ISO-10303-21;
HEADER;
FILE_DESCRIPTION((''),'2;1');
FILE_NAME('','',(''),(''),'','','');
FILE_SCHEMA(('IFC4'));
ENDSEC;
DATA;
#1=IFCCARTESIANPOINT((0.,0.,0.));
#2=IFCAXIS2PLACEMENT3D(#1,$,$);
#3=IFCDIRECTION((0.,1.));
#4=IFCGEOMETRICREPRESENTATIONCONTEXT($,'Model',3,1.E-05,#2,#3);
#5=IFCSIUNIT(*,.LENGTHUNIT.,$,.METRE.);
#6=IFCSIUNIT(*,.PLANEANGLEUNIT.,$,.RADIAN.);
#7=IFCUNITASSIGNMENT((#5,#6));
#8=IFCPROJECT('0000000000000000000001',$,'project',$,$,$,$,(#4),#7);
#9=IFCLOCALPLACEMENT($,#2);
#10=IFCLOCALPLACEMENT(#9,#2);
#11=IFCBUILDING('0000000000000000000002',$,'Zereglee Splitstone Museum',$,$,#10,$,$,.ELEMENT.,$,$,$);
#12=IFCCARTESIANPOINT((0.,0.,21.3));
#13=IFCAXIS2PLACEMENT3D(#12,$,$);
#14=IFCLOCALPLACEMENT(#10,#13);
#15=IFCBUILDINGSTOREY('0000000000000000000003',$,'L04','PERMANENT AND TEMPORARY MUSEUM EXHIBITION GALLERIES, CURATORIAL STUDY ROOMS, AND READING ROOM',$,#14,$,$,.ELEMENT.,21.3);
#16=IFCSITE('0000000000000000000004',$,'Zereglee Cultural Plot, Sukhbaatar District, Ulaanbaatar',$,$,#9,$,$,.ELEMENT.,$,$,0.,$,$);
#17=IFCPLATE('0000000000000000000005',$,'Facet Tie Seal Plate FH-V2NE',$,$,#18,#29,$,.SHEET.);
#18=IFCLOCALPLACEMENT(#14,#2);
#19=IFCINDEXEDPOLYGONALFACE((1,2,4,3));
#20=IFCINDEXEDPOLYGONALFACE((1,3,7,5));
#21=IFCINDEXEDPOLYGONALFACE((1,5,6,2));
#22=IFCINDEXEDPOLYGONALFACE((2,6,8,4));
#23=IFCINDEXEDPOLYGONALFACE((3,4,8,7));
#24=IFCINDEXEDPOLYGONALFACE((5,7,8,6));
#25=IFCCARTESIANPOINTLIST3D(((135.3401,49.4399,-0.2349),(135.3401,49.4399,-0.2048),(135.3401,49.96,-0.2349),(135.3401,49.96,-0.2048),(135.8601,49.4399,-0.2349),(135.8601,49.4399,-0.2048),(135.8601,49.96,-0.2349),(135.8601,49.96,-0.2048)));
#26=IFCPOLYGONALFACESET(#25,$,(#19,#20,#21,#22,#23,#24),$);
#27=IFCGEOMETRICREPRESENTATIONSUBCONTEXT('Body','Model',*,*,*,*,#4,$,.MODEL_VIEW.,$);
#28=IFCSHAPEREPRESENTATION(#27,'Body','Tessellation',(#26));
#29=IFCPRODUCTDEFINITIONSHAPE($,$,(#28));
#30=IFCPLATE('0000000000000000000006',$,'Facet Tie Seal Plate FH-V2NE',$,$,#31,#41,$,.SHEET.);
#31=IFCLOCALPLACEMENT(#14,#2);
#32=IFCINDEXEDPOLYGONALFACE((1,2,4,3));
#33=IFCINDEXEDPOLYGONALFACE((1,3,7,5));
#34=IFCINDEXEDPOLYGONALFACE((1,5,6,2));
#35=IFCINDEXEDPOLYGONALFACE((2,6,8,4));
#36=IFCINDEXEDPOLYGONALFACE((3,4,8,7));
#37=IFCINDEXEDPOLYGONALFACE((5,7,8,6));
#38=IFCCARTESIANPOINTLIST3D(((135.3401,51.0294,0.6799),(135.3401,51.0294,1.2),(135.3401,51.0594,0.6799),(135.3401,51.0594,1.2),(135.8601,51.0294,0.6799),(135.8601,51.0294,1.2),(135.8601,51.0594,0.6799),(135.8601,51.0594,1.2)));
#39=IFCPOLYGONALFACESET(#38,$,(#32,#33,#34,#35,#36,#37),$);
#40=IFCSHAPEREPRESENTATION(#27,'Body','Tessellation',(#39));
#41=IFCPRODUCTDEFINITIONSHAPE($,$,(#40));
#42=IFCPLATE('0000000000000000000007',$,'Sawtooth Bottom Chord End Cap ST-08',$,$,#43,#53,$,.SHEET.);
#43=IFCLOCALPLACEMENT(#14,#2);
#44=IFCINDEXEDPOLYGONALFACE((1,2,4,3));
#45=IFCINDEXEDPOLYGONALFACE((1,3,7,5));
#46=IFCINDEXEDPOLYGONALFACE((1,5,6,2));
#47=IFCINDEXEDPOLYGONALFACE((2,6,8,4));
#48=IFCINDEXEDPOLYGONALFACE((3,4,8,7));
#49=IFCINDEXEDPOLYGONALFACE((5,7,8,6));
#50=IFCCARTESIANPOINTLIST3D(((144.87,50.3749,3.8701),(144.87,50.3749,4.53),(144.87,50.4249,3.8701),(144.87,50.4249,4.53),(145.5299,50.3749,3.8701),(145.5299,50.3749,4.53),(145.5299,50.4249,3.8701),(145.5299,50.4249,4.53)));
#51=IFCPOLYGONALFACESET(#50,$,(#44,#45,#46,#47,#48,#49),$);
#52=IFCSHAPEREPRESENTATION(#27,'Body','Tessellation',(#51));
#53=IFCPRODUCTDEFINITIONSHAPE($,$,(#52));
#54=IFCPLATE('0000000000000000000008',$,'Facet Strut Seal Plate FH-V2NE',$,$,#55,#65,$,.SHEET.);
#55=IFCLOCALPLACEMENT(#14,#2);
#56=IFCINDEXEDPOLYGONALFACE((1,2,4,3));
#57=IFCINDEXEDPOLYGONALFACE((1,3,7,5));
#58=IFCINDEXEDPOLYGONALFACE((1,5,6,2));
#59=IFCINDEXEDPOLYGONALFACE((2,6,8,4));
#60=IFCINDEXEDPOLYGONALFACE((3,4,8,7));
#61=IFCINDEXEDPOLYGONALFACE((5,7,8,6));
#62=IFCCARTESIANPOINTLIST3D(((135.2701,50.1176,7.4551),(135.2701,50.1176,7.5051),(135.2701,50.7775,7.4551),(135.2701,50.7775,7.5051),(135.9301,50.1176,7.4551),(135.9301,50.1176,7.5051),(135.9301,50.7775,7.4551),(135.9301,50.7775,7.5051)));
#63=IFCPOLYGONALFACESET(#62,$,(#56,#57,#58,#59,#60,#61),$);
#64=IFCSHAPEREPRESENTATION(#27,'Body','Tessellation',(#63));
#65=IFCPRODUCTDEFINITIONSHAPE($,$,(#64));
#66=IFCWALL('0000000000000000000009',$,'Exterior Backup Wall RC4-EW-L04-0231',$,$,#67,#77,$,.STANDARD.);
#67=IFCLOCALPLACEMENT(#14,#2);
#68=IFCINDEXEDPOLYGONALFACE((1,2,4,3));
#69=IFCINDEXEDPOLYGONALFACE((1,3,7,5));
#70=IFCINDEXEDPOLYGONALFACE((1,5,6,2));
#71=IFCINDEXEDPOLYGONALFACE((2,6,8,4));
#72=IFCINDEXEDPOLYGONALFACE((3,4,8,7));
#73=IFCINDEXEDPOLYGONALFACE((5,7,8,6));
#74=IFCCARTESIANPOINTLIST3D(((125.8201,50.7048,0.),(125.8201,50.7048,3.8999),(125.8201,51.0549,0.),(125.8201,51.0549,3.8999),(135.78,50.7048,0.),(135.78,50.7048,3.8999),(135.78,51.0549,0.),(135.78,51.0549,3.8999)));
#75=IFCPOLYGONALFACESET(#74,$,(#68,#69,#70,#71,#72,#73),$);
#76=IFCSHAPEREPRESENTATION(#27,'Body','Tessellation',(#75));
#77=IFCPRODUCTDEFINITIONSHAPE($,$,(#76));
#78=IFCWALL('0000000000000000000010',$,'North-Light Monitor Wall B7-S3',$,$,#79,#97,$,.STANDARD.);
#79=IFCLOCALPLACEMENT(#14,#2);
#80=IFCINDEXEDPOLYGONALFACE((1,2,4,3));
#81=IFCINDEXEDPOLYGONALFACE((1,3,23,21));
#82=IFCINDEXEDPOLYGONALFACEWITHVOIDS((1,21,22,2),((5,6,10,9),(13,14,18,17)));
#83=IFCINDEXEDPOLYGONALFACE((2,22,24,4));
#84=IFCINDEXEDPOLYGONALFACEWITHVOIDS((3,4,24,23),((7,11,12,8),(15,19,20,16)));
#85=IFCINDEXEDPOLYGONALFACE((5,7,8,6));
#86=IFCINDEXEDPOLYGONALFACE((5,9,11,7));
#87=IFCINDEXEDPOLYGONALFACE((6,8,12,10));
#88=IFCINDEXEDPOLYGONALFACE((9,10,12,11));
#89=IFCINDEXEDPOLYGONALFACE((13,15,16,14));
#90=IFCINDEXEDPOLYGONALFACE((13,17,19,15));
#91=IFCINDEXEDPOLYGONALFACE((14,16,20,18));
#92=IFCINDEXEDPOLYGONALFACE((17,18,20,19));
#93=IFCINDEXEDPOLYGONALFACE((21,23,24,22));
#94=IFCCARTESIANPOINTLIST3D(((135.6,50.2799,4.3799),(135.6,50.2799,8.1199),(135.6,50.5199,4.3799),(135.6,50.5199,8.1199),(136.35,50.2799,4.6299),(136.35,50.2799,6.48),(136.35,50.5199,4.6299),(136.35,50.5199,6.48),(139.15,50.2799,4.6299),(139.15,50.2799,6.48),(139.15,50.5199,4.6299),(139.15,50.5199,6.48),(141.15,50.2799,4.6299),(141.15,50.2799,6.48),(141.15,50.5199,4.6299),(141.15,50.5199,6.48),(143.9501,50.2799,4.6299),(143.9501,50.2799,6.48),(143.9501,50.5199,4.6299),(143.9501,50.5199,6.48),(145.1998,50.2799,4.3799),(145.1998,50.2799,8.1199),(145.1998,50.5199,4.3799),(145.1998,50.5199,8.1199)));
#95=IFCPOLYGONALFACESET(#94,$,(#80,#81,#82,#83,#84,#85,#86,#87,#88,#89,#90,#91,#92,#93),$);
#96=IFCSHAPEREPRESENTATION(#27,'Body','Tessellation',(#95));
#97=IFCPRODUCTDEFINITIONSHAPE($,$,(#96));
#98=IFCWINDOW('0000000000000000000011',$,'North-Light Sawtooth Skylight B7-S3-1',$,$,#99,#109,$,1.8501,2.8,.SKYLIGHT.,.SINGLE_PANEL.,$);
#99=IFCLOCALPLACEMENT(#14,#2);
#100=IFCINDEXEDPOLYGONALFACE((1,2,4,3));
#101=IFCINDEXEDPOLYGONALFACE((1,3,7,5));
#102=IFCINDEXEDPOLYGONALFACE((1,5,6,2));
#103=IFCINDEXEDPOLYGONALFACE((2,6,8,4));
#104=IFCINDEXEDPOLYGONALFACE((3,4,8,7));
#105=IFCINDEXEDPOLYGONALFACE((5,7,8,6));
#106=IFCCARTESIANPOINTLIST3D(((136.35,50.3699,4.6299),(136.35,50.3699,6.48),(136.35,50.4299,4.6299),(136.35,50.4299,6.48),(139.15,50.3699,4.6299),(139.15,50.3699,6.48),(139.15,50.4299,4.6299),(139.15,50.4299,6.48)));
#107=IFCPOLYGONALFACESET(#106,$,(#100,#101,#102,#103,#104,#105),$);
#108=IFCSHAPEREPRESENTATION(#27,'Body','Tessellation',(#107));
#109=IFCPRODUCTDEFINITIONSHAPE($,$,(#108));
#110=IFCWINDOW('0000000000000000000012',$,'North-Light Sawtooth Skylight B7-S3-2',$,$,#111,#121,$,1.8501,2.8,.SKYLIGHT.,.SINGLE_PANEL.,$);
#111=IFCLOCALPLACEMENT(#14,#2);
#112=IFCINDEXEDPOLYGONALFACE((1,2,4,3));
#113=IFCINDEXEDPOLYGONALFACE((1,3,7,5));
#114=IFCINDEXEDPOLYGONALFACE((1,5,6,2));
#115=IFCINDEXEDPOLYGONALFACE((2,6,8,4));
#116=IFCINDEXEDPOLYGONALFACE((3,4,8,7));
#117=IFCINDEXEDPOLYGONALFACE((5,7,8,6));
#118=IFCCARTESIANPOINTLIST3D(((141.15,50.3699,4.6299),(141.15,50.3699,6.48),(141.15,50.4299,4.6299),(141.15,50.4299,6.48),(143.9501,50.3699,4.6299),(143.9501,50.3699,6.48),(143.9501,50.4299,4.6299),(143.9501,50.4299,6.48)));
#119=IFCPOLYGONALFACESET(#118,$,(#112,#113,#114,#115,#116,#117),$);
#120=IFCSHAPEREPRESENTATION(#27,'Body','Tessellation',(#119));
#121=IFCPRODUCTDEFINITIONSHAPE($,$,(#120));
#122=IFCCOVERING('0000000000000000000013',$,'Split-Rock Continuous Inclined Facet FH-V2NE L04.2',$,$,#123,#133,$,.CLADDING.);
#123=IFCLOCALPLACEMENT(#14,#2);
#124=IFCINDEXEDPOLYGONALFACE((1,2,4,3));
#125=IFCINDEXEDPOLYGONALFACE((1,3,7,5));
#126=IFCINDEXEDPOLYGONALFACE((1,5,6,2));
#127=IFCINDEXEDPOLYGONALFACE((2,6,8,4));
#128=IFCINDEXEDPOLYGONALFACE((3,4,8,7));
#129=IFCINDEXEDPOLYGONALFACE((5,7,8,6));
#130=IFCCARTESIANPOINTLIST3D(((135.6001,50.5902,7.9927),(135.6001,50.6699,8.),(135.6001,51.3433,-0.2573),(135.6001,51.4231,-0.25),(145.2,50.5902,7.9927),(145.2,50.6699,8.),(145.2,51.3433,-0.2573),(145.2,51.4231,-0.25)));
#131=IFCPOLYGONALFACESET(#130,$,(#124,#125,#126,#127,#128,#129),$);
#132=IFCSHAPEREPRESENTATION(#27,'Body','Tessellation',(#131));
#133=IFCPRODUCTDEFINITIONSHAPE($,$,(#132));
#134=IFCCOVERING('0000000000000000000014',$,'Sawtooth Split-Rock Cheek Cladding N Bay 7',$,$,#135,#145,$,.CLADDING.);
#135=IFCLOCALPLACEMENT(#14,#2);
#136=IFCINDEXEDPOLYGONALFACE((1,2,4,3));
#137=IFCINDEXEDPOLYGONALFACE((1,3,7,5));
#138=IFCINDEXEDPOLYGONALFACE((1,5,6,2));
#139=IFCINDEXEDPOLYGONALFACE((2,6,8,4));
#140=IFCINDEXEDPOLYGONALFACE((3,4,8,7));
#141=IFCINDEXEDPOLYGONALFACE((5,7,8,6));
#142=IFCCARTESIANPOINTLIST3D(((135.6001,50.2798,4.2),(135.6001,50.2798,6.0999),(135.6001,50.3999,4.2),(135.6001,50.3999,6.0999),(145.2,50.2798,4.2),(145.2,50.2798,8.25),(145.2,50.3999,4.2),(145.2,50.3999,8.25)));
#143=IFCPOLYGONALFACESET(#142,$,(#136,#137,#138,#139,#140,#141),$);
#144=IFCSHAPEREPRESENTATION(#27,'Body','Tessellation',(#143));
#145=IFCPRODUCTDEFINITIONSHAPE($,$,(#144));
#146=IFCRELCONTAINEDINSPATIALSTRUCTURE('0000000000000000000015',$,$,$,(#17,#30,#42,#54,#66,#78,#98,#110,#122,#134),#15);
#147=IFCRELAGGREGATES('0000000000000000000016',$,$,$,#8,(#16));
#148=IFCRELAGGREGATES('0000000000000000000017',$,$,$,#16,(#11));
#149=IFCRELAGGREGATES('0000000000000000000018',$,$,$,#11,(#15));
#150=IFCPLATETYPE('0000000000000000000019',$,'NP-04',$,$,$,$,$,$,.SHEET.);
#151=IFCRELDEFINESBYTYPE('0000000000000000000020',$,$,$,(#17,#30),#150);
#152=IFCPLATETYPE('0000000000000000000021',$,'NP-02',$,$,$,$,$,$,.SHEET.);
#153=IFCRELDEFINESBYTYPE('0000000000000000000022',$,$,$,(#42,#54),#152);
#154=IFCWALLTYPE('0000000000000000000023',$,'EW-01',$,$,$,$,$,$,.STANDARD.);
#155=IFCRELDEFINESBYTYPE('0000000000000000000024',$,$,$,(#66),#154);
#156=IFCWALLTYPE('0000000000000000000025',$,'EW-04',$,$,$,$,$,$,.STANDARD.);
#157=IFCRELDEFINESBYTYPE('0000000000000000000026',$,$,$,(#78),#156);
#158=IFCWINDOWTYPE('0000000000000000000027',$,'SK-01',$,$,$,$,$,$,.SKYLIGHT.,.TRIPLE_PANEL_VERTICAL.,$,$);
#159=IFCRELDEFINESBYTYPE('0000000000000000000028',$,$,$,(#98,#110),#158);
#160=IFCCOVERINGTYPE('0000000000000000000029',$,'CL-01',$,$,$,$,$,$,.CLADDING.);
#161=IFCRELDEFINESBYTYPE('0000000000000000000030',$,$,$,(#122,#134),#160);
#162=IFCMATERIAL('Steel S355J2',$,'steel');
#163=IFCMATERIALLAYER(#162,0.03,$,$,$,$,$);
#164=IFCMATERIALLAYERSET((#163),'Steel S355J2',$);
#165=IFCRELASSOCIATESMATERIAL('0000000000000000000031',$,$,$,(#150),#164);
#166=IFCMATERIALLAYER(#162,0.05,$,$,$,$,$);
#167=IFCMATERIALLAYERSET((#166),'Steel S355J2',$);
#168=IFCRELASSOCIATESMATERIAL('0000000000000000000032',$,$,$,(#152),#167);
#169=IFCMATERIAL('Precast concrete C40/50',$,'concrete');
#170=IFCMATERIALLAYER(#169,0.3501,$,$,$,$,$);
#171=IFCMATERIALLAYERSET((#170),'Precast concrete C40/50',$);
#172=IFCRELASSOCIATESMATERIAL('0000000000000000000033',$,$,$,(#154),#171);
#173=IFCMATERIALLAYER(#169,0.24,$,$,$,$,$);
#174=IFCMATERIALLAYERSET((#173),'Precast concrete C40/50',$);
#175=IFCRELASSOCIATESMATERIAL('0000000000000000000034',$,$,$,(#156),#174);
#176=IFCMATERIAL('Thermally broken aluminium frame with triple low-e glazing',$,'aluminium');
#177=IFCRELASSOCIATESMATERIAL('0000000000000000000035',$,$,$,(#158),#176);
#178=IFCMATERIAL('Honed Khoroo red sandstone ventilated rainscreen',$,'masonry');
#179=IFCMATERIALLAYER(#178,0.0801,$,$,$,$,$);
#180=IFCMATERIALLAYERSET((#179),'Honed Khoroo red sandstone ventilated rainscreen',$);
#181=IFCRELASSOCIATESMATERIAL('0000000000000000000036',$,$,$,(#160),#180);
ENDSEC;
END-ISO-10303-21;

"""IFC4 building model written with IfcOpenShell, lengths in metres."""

from ifc_helpers import new_model, si_unit, direction, frame, frame_2d, origin, origin_2d, place, context, subcontext, project, spatial, polyline, rectangle, outline, extrude, material, layer, layer_set, type_object, element, fill, save


model = new_model("IFC4")

# Units and contexts
model_context = context("Model", 3, precision=1e-05, world=origin(), true_north=direction((0.0, 1.0)))
body_context = subcontext(model_context, "Body", "Model", "MODEL_VIEW")
ifc_project = project(units=[si_unit("LENGTHUNIT", "METRE"), si_unit("PLANEANGLEUNIT", "RADIAN")], contexts=[model_context])

# Site, building, storey
site_placement = place(None, origin())
site = spatial("IfcSite", under=ifc_project, at=site_placement, Name="Zereglee Cultural Plot, Sukhbaatar District, Ulaanbaatar", CompositionType="ELEMENT", RefElevation=0.0)
building_placement = place(site_placement, origin())
building = spatial("IfcBuilding", under=site, at=building_placement, Name="Zereglee Splitstone Museum", CompositionType="ELEMENT")
storey_placement = place(building_placement, frame((0.0, 0.0, 21.3)))
storey = spatial("IfcBuildingStorey", under=building, at=storey_placement, Name="L04", Description="PERMANENT AND TEMPORARY MUSEUM EXHIBITION GALLERIES, CURATORIAL STUDY ROOMS, AND READING ROOM", CompositionType="ELEMENT", Elevation=21.3)

# Shared definitions
ifc_material_1 = material(Name="Steel S355J2", Category="steel")

# Plates
ifc_layer_1 = layer(ifc_material_1, 0.03)
ifc_layer_set_1 = layer_set([ifc_layer_1], Name="Steel S355J2")
plate_type_1 = type_object("IfcPlateType", Name="NP-04", PredefinedType="SHEET", material=ifc_layer_set_1)
plate_1_placement = place(storey_placement, frame((135.6001, 49.7, -0.2349), z_axis=(0.0, 0.0, 1.0), x_axis=(1.0, 0.0, 0.0)))
element("IfcPlate", 1, at=plate_1_placement, inside=storey, type_object=plate_type_1, Name="Facet Tie Seal Plate FH-V2NE", PredefinedType="SHEET", context=body_context, shape_type="SweptSolid", body=[
    extrude(rectangle(XDim=0.52, YDim=0.52, at=origin_2d()), origin(), (0.0, 0.0, 1.0), 0.03),
])
plate_2_placement = place(storey_placement, frame((135.6001, 51.0444, 0.6799), z_axis=(0.0, 0.0, 1.0), x_axis=(1.0, 0.0, 0.0)))
element("IfcPlate", 2, at=plate_2_placement, inside=storey, type_object=plate_type_1, Name="Facet Tie Seal Plate FH-V2NE", PredefinedType="SHEET", context=body_context, shape_type="SweptSolid", body=[
    extrude(rectangle(XDim=0.52, YDim=0.03, at=origin_2d()), origin(), (0.0, 0.0, 1.0), 0.52),
])
ifc_layer_2 = layer(ifc_material_1, 0.05)
ifc_layer_set_2 = layer_set([ifc_layer_2], Name="Steel S355J2")
plate_type_2 = type_object("IfcPlateType", Name="NP-02", PredefinedType="SHEET", material=ifc_layer_set_2)
plate_3_placement = place(storey_placement, frame((145.2, 50.3999, 3.8701), z_axis=(0.0, 0.0, 1.0), x_axis=(1.0, 0.0, 0.0)))
element("IfcPlate", 3, at=plate_3_placement, inside=storey, type_object=plate_type_2, Name="Sawtooth Bottom Chord End Cap ST-08", PredefinedType="SHEET", context=body_context, shape_type="SweptSolid", body=[
    extrude(rectangle(XDim=0.6599, YDim=0.05, at=origin_2d()), origin(), (0.0, 0.0, 1.0), 0.6599),
])
plate_4_placement = place(storey_placement, frame((135.6001, 50.4475, 7.4551), z_axis=(0.0, 0.0, 1.0), x_axis=(1.0, 0.0, 0.0)))
element("IfcPlate", 4, at=plate_4_placement, inside=storey, type_object=plate_type_2, Name="Facet Strut Seal Plate FH-V2NE", PredefinedType="SHEET", context=body_context, shape_type="SweptSolid", body=[
    extrude(rectangle(XDim=0.6599, YDim=0.6599, at=origin_2d()), origin(), (0.0, 0.0, 1.0), 0.05),
])

# Wall
ifc_material_2 = material(Name="Precast concrete C40/50", Category="concrete")
ifc_layer_3 = layer(ifc_material_2, 0.3501)
ifc_layer_set_3 = layer_set([ifc_layer_3], Name="Precast concrete C40/50")
wall_type_1 = type_object("IfcWallType", Name="EW-01", PredefinedType="STANDARD", material=ifc_layer_set_3)
wall_1_placement = place(storey_placement, frame((135.78, 50.8799, 0.0), z_axis=(0.0, 0.0, 1.0), x_axis=(-1.0, 0.0, 0.0)))
element("IfcWall", 5, at=wall_1_placement, inside=storey, type_object=wall_type_1, Name="Exterior Backup Wall RC4-EW-L04-0231", PredefinedType="STANDARD", context=body_context, shape_type="SweptSolid", body=[
    extrude(rectangle(XDim=9.96, YDim=0.3501, at=frame_2d((4.98, 0.0))), origin(), (0.0, 0.0, 1.0), 3.8999),
])

# Wall, openings, windows
ifc_layer_4 = layer(ifc_material_2, 0.24)
ifc_layer_set_4 = layer_set([ifc_layer_4], Name="Precast concrete C40/50")
wall_type_2 = type_object("IfcWallType", Name="EW-04", PredefinedType="STANDARD", material=ifc_layer_set_4)
wall_2_placement = place(storey_placement, frame((135.6001, 50.3999, 4.3799), z_axis=(0.0, 0.0, 1.0), x_axis=(1.0, 0.0, 0.0)))
wall_2 = element("IfcWall", 6, at=wall_2_placement, inside=storey, type_object=wall_type_2, Name="North-Light Monitor Wall B7-S3", PredefinedType="STANDARD", context=body_context, shape_type="SweptSolid", body=[
    extrude(rectangle(XDim=9.5999, YDim=0.24, at=frame_2d((4.7998, 0.0))), origin(), (0.0, 0.0, 1.0), 3.74),
])
opening_1_placement = place(wall_2_placement, frame((0.75, 0.0, 0.25)))
opening_1 = element("IfcOpeningElement", 7, at=opening_1_placement, cuts=wall_2, PredefinedType="OPENING", context=body_context, shape_type="SweptSolid", body=[
    extrude(rectangle(XDim=2.8, YDim=1.8501, at=frame_2d((1.3999, 0.925))), frame((0.0, 0.1348, 0.0), z_axis=(0.0, -1.0, 0.0), x_axis=(1.0, 0.0, 0.0)), (0.0, 0.0, 1.0), 0.2698),
])
opening_2_placement = place(wall_2_placement, frame((5.55, 0.0, 0.25)))
opening_2 = element("IfcOpeningElement", 8, at=opening_2_placement, cuts=wall_2, PredefinedType="OPENING", context=body_context, shape_type="SweptSolid", body=[
    extrude(rectangle(XDim=2.8, YDim=1.8501, at=frame_2d((1.3999, 0.925))), frame((0.0, 0.1348, 0.0), z_axis=(0.0, -1.0, 0.0), x_axis=(1.0, 0.0, 0.0)), (0.0, 0.0, 1.0), 0.2698),
])
ifc_material_3 = material(Name="Thermally broken aluminium frame with triple low-e glazing", Category="aluminium")
window_type = type_object("IfcWindowType", Name="SK-01", PartitioningType="TRIPLE_PANEL_VERTICAL", PredefinedType="SKYLIGHT", material=ifc_material_3)
window_1_placement = place(opening_1_placement, origin())
window_1 = element("IfcWindow", 9, at=window_1_placement, inside=storey, type_object=window_type, Name="North-Light Sawtooth Skylight B7-S3-1", OverallHeight=1.8501, OverallWidth=2.8, PartitioningType="SINGLE_PANEL", PredefinedType="SKYLIGHT", context=body_context, shape_type="SweptSolid", body=[
    extrude(rectangle(XDim=2.8, YDim=1.8501, at=frame_2d((1.3999, 0.925))), frame((0.0, 0.03, 0.0), z_axis=(0.0, -1.0, 0.0), x_axis=(1.0, 0.0, 0.0)), (0.0, 0.0, 1.0), 0.0601),
])
fill(opening_1, window_1)
window_2_placement = place(opening_2_placement, origin())
window_2 = element("IfcWindow", 10, at=window_2_placement, inside=storey, type_object=window_type, Name="North-Light Sawtooth Skylight B7-S3-2", OverallHeight=1.8501, OverallWidth=2.8, PartitioningType="SINGLE_PANEL", PredefinedType="SKYLIGHT", context=body_context, shape_type="SweptSolid", body=[
    extrude(rectangle(XDim=2.8, YDim=1.8501, at=frame_2d((1.3999, 0.925))), frame((0.0, 0.03, 0.0), z_axis=(0.0, -1.0, 0.0), x_axis=(1.0, 0.0, 0.0)), (0.0, 0.0, 1.0), 0.0601),
])
fill(opening_2, window_2)

# Coverings
ifc_material_4 = material(Name="Honed Khoroo red sandstone ventilated rainscreen", Category="masonry")
ifc_layer_5 = layer(ifc_material_4, 0.0801)
ifc_layer_set_5 = layer_set([ifc_layer_5], Name="Honed Khoroo red sandstone ventilated rainscreen")
covering_type = type_object("IfcCoveringType", Name="CL-01", PredefinedType="CLADDING", material=ifc_layer_set_5)
covering_1_placement = place(storey_placement, frame((135.6001, 50.6699, 8.0), z_axis=(0.0, 0.995859, 0.090916), x_axis=(1.0, 0.0, 0.0)))
element("IfcCovering", 11, at=covering_1_placement, inside=storey, type_object=covering_type, Name="Split-Rock Continuous Inclined Facet FH-V2NE L04.2", PredefinedType="CLADDING", context=body_context, shape_type="SweptSolid", body=[
    extrude(outline(polyline([(0.0, 0.0), (9.5999, 0.0), (9.5999, 8.2843), (0.0, 8.2843), (0.0, 0.0)])), origin(), (0.0, 0.0, -1.0), 0.0801),
])
covering_2_placement = place(storey_placement, frame((135.6001, 50.3999, 6.0999), z_axis=(0.0, 1.0, 0.0), x_axis=(0.975823, 0.0, 0.218562)))
element("IfcCovering", 12, at=covering_2_placement, inside=storey, type_object=covering_type, Name="Sawtooth Split-Rock Cheek Cladding N Bay 7", PredefinedType="CLADDING", context=body_context, shape_type="SweptSolid", body=[
    extrude(outline(polyline([(0.0, 0.0), (9.8377, 0.0), (8.9525, 3.9521), (-0.4152, 1.854), (0.0, 0.0)])), origin(), (0.0, 0.0, -1.0), 0.1201),
])

save(model, "model.ifc")
